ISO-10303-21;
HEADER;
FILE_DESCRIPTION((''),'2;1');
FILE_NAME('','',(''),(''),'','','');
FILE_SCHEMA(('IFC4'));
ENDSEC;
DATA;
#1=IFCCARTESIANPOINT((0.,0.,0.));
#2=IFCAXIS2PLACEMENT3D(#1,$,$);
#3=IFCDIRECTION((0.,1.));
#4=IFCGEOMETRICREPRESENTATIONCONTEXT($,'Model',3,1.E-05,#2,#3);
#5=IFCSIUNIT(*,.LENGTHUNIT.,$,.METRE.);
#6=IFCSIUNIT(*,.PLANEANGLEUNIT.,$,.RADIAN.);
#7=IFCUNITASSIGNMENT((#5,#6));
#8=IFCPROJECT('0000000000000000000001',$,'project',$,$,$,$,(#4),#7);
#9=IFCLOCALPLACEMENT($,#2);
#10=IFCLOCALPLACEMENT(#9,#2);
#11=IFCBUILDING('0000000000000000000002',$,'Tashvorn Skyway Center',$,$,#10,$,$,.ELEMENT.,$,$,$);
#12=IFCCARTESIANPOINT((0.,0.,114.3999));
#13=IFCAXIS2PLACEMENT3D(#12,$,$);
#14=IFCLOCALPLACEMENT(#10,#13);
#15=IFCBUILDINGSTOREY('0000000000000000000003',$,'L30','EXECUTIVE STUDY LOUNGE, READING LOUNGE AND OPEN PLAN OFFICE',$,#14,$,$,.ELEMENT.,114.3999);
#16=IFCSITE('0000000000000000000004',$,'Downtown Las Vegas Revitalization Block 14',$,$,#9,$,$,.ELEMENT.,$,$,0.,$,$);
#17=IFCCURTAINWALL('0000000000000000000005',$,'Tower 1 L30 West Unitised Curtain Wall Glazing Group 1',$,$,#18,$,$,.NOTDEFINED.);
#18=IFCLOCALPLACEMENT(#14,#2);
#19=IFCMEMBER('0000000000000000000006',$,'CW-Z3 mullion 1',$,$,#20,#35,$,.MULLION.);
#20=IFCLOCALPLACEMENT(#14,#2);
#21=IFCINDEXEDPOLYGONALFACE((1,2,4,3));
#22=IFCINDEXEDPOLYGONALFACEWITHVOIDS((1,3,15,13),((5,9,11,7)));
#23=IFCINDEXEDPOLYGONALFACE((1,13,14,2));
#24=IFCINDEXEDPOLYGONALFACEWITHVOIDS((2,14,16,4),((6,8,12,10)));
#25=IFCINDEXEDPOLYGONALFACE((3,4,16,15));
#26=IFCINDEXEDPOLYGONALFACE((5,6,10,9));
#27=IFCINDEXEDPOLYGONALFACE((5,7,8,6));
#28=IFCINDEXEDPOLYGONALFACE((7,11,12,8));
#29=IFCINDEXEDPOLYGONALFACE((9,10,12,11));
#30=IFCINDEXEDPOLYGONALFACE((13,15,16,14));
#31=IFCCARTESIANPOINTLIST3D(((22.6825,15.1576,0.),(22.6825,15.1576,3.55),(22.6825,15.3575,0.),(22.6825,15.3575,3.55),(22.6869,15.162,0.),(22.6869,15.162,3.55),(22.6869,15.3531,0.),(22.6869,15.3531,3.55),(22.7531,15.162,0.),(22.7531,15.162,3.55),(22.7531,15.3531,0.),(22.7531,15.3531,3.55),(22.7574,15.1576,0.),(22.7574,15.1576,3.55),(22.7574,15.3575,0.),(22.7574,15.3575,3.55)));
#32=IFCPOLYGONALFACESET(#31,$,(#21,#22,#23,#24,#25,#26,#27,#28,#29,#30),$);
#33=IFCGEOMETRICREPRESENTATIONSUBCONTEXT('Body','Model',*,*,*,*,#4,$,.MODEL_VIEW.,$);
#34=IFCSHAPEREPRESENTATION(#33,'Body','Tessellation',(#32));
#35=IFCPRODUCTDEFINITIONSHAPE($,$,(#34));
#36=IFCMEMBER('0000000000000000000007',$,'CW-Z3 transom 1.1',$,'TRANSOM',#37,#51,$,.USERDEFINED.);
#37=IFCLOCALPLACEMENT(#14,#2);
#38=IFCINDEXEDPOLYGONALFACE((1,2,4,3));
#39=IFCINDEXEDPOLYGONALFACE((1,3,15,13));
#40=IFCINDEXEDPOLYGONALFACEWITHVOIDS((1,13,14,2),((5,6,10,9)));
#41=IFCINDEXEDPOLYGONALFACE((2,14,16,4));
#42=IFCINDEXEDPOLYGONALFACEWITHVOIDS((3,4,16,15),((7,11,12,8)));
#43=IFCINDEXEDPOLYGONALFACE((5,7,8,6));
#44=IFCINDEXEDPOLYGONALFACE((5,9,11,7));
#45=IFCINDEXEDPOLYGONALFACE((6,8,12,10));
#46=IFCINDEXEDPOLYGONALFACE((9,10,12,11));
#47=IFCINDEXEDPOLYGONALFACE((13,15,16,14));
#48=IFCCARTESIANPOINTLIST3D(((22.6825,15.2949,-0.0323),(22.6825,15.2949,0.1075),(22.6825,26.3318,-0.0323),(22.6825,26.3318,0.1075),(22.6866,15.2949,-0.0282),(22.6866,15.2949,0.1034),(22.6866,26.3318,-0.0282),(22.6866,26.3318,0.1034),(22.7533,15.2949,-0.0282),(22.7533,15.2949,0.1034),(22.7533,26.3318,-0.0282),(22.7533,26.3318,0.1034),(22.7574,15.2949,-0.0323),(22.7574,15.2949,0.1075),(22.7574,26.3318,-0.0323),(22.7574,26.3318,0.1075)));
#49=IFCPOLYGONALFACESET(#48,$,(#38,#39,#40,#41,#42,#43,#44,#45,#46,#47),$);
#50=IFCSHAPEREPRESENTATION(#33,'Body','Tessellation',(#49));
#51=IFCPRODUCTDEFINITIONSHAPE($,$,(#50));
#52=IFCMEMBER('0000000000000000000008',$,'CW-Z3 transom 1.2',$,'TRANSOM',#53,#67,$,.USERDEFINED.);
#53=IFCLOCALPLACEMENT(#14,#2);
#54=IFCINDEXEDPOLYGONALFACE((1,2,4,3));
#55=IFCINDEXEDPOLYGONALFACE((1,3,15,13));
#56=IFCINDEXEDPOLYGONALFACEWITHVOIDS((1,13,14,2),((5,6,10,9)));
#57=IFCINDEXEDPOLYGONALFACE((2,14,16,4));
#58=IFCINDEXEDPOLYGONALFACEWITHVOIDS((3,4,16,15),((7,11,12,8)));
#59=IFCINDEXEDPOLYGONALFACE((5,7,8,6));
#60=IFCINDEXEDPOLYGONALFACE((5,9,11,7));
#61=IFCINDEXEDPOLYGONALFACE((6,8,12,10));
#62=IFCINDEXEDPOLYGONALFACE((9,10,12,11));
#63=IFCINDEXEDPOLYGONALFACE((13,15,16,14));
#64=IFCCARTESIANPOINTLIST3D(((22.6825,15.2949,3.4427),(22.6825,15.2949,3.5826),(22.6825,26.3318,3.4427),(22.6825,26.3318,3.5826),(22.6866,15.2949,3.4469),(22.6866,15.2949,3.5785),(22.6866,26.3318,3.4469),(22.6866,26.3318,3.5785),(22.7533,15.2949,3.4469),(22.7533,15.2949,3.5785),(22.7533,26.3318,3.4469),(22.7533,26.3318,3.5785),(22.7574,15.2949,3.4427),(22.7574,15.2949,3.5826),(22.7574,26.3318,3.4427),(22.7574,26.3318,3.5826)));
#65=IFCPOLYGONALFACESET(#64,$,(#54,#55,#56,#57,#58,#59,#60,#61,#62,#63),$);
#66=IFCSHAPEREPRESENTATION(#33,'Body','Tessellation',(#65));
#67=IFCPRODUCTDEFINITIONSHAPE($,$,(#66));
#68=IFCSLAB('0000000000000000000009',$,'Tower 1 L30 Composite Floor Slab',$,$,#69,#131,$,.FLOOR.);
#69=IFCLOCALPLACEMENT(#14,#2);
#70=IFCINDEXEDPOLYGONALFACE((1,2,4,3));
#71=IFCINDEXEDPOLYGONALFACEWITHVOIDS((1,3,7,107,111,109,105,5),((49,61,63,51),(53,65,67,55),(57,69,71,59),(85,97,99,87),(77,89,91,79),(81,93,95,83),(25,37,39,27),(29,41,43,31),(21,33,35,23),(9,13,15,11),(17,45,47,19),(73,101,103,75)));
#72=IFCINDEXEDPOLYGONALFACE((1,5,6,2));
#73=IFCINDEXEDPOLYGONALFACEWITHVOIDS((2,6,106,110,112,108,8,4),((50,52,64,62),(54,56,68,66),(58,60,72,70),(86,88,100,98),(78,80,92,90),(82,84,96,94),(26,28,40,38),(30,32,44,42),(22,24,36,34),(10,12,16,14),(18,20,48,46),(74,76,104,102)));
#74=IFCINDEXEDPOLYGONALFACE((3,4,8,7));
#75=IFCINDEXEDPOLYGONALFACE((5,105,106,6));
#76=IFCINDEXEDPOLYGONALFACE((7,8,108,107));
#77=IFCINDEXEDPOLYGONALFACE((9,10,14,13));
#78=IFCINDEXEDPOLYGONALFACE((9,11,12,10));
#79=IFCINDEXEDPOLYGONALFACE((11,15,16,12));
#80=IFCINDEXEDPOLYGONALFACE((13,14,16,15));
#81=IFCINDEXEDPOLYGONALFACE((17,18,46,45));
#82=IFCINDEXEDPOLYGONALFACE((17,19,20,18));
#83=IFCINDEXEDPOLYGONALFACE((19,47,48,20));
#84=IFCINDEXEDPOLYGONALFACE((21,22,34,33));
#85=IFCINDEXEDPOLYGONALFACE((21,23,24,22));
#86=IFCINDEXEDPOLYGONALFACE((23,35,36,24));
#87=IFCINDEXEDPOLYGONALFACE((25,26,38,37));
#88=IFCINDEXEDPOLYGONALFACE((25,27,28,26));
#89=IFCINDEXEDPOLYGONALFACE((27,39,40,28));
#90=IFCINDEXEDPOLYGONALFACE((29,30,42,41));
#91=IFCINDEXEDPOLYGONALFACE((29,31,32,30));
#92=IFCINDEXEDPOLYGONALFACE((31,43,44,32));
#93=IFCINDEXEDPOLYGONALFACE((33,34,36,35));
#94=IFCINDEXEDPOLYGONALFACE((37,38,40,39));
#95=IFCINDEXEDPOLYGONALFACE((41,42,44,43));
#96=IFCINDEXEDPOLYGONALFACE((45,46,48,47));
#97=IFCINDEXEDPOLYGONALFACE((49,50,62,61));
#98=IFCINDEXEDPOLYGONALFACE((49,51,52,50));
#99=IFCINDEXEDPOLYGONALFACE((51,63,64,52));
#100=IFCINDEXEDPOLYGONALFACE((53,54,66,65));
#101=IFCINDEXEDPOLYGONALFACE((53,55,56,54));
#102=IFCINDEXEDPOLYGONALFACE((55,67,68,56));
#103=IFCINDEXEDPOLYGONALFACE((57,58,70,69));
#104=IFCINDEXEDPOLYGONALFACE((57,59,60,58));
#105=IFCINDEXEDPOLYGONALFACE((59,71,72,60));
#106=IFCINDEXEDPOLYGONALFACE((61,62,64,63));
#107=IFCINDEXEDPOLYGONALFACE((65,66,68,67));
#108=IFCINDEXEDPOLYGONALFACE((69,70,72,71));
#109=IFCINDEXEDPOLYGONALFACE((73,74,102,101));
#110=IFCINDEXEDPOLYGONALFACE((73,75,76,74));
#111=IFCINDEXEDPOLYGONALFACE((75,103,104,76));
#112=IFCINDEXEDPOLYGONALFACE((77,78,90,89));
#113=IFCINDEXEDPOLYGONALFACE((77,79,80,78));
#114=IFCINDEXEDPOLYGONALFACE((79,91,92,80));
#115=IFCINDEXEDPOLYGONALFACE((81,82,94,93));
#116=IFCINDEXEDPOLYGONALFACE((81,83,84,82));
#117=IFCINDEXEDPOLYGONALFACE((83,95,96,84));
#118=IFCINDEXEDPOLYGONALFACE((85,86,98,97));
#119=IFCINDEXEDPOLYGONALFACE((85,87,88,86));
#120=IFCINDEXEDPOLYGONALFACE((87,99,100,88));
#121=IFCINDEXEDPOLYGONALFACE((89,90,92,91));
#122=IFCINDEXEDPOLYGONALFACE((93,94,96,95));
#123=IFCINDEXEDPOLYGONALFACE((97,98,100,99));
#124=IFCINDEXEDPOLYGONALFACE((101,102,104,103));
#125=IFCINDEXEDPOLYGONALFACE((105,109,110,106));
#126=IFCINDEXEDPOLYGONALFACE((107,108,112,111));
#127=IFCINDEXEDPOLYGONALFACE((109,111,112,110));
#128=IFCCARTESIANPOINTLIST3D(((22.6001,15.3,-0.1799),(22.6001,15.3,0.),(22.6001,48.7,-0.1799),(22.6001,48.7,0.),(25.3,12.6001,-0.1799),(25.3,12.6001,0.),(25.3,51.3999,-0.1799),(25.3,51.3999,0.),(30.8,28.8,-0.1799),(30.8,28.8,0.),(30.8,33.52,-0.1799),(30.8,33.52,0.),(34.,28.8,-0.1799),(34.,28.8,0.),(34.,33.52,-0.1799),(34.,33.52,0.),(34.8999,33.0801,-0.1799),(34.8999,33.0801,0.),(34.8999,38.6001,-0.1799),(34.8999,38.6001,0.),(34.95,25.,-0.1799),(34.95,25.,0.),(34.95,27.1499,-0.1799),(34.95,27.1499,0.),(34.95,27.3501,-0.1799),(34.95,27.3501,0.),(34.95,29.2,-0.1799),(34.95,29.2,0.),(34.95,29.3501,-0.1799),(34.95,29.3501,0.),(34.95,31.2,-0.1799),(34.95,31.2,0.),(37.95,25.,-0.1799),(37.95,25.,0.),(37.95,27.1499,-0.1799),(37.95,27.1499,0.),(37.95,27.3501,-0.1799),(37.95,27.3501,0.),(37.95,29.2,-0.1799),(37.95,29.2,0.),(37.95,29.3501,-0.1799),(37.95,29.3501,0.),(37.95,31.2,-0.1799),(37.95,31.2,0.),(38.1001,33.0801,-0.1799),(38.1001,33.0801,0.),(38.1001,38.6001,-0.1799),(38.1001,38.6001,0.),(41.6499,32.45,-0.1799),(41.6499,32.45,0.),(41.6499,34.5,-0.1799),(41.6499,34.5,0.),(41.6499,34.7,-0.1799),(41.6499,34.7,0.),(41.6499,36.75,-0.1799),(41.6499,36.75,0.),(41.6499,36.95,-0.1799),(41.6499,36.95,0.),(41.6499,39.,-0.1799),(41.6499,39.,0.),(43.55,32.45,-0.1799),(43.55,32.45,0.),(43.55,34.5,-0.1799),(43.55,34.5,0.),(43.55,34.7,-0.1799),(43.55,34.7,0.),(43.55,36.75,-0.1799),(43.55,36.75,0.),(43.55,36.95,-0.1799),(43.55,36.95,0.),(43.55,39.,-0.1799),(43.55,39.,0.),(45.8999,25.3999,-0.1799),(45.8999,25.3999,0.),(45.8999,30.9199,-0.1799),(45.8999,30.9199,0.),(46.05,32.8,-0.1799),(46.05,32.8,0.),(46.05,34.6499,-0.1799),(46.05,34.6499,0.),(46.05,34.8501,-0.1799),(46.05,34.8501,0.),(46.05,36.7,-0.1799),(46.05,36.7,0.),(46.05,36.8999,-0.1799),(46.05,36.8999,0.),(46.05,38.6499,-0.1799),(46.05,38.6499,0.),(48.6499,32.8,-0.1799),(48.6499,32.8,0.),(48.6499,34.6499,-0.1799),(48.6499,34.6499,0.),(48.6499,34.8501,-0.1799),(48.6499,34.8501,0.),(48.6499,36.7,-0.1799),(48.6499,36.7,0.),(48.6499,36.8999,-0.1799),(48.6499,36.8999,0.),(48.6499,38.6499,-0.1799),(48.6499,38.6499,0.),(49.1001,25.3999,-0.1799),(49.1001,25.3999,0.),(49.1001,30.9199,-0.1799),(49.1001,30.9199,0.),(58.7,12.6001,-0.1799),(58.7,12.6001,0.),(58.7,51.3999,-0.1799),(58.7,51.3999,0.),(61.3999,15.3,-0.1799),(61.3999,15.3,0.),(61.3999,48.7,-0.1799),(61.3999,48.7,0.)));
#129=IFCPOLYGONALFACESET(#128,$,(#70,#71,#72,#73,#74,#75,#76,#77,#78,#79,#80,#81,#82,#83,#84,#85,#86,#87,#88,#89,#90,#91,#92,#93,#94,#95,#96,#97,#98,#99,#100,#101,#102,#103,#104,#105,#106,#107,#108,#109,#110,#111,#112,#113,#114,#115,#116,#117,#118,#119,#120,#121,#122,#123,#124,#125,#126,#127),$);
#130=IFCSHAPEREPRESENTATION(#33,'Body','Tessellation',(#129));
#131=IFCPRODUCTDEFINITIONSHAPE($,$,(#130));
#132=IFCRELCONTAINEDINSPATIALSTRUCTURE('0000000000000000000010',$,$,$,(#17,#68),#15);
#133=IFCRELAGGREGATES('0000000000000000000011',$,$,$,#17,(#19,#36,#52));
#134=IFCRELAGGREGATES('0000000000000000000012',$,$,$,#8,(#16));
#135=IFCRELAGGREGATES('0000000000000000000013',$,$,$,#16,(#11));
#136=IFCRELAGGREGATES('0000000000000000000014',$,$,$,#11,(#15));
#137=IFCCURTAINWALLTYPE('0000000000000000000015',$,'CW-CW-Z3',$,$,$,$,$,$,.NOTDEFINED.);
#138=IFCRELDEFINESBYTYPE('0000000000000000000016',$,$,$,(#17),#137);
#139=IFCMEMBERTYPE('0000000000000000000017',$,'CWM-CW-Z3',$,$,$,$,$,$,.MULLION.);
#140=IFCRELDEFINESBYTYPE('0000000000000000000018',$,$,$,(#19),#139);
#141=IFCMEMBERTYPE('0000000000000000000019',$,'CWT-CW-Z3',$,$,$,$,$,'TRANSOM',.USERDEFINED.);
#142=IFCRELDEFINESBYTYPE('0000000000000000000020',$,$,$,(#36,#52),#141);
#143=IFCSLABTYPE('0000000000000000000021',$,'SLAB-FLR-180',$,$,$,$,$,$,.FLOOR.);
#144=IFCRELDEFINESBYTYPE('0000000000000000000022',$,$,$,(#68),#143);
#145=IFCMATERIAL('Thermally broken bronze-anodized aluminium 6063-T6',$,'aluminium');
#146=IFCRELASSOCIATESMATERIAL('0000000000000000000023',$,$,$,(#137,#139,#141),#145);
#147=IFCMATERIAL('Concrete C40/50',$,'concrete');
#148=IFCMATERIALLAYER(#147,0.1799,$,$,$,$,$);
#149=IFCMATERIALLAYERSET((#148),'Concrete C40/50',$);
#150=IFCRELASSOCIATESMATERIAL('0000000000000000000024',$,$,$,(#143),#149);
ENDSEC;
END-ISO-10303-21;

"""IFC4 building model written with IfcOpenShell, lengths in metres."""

from ifc_helpers import new_model, si_unit, direction, frame, origin, origin_2d, place, context, subcontext, project, spatial, polyline, hollow_rectangle, outline, extrude, material, layer, layer_set, material_profile, profile_set, type_object, element, aggregate, save


model = new_model("IFC4")

# Units and contexts
model_context = context("Model", 3, precision=1e-05, world=origin(), true_north=direction((0.0, 1.0)))
body_context = subcontext(model_context, "Body", "Model", "MODEL_VIEW")
ifc_project = project(units=[si_unit("LENGTHUNIT", "METRE"), si_unit("PLANEANGLEUNIT", "RADIAN")], contexts=[model_context])

# Site, building, storey
site_placement = place(None, origin())
site = spatial("IfcSite", under=ifc_project, at=site_placement, Name="Downtown Las Vegas Revitalization Block 14", CompositionType="ELEMENT", RefElevation=0.0)
building_placement = place(site_placement, origin())
building = spatial("IfcBuilding", under=site, at=building_placement, Name="Tashvorn Skyway Center", CompositionType="ELEMENT")
storey_placement = place(building_placement, frame((0.0, 0.0, 114.3999)))
storey = spatial("IfcBuildingStorey", under=building, at=storey_placement, Name="L30", Description="EXECUTIVE STUDY LOUNGE, READING LOUNGE AND OPEN PLAN OFFICE", CompositionType="ELEMENT", Elevation=114.3999)

# Curtain wall, members
ifc_material_1 = material(Name="Thermally broken bronze-anodized aluminium 6063-T6", Category="aluminium")
curtain_wall_type = type_object("IfcCurtainWallType", Name="CW-CW-Z3", PredefinedType="NOTDEFINED", material=ifc_material_1)
curtain_wall_placement = place(storey_placement, origin())
curtain_wall = element("IfcCurtainWall", 1, at=curtain_wall_placement, inside=storey, type_object=curtain_wall_type, Name="Tower 1 L30 West Unitised Curtain Wall Glazing Group 1", PredefinedType="NOTDEFINED")
ifc_material_profile_1 = material_profile(ifc_material_1, hollow_rectangle(XDim=0.075, YDim=0.2, WallThickness=0.0044, at=origin_2d()), Name="ALU-MULL-75x200")
ifc_profile_set_1 = profile_set([ifc_material_profile_1], Name="Thermally broken bronze-anodized aluminium 6063-T6")
member_type_1 = type_object("IfcMemberType", Name="CWM-CW-Z3", PredefinedType="MULLION", material=ifc_profile_set_1)
member_1_placement = place(storey_placement, frame((22.72, 15.2576, 0.0), z_axis=(0.0, 0.0, 1.0), x_axis=(-1.0, 0.0, 0.0)))
member_1 = element("IfcMember", 2, at=member_1_placement, type_object=member_type_1, Name="CW-Z3 mullion 1", PredefinedType="MULLION", context=body_context, shape_type="SweptSolid", body=[
    extrude(hollow_rectangle(XDim=0.075, YDim=0.2, WallThickness=0.0044, at=origin_2d()), origin(), (0.0, 0.0, 1.0), 3.55),
])
ifc_material_profile_2 = material_profile(ifc_material_1, hollow_rectangle(XDim=0.075, YDim=0.1399, WallThickness=0.0042, at=origin_2d()), Name="ALU-TRAN-75x140")
ifc_profile_set_2 = profile_set([ifc_material_profile_2], Name="Thermally broken bronze-anodized aluminium 6063-T6")
member_type_2 = type_object("IfcMemberType", Name="CWT-CW-Z3", ElementType="TRANSOM", PredefinedType="USERDEFINED", material=ifc_profile_set_2)
member_2_placement = place(storey_placement, frame((22.72, 15.2949, 0.0376), z_axis=(0.0, 1.0, 0.0), x_axis=(-1.0, 0.0, 0.0)))
member_2 = element("IfcMember", 3, at=member_2_placement, type_object=member_type_2, Name="CW-Z3 transom 1.1", ObjectType="TRANSOM", PredefinedType="USERDEFINED", context=body_context, shape_type="SweptSolid", body=[
    extrude(hollow_rectangle(XDim=0.075, YDim=0.1399, WallThickness=0.0042, at=origin_2d()), origin(), (0.0, 0.0, 1.0), 11.0369),
])
member_3_placement = place(storey_placement, frame((22.72, 15.2949, 3.5127), z_axis=(0.0, 1.0, 0.0), x_axis=(-1.0, 0.0, 0.0)))
member_3 = element("IfcMember", 4, at=member_3_placement, type_object=member_type_2, Name="CW-Z3 transom 1.2", ObjectType="TRANSOM", PredefinedType="USERDEFINED", context=body_context, shape_type="SweptSolid", body=[
    extrude(hollow_rectangle(XDim=0.075, YDim=0.1399, WallThickness=0.0042, at=origin_2d()), origin(), (0.0, 0.0, 1.0), 11.0369),
])
aggregate(curtain_wall, [member_1, member_2, member_3])

# Slab
ifc_material_2 = material(Name="Concrete C40/50", Category="concrete")
ifc_layer_1 = layer(ifc_material_2, 0.1799)
ifc_layer_set_1 = layer_set([ifc_layer_1], Name="Concrete C40/50")
slab_type_1 = type_object("IfcSlabType", Name="SLAB-FLR-180", PredefinedType="FLOOR", material=ifc_layer_set_1)
slab_1_placement = place(storey_placement, frame((0.0, 0.0, -0.1799)))
element("IfcSlab", 5, at=slab_1_placement, inside=storey, type_object=slab_type_1, Name="Tower 1 L30 Composite Floor Slab", PredefinedType="FLOOR", context=body_context, shape_type="SweptSolid", body=[
    extrude(outline(polyline([(25.3, 12.6001), (58.7, 12.6001), (61.3999, 15.3), (61.3999, 48.7), (58.7, 51.3999), (25.3, 51.3999), (22.6001, 48.7), (22.6001, 15.3), (25.3, 12.6001)]), holes=[polyline([(38.1001, 33.0801), (38.1001, 38.6001), (34.8999, 38.6001), (34.8999, 33.0801), (38.1001, 33.0801)]), polyline([(45.8999, 30.9199), (45.8999, 25.3999), (49.1001, 25.3999), (49.1001, 30.9199), (45.8999, 30.9199)]), polyline([(30.8, 33.52), (30.8, 28.8), (34.0, 28.8), (34.0, 33.52), (30.8, 33.52)]), polyline([(34.95, 29.3501), (37.95, 29.3501), (37.95, 31.2), (34.95, 31.2), (34.95, 29.3501)]), polyline([(34.95, 27.3501), (37.95, 27.3501), (37.95, 29.2), (34.95, 29.2), (34.95, 27.3501)]), polyline([(34.95, 25.0), (37.95, 25.0), (37.95, 27.1499), (34.95, 27.1499), (34.95, 25.0)]), polyline([(41.6499, 32.45), (43.55, 32.45), (43.55, 34.5), (41.6499, 34.5), (41.6499, 32.45)]), polyline([(41.6499, 34.7), (43.55, 34.7), (43.55, 36.75), (41.6499, 36.75), (41.6499, 34.7)]), polyline([(41.6499, 36.95), (43.55, 36.95), (43.55, 39.0), (41.6499, 39.0), (41.6499, 36.95)]), polyline([(46.05, 32.8), (48.6499, 32.8), (48.6499, 34.6499), (46.05, 34.6499), (46.05, 32.8)]), polyline([(46.05, 34.8501), (48.6499, 34.8501), (48.6499, 36.7), (46.05, 36.7), (46.05, 34.8501)]), polyline([(46.05, 36.8999), (48.6499, 36.8999), (48.6499, 38.6499), (46.05, 38.6499), (46.05, 36.8999)])]), origin(), (0.0, 0.0, 1.0), 0.1799),
])

save(model, "model.ifc")
